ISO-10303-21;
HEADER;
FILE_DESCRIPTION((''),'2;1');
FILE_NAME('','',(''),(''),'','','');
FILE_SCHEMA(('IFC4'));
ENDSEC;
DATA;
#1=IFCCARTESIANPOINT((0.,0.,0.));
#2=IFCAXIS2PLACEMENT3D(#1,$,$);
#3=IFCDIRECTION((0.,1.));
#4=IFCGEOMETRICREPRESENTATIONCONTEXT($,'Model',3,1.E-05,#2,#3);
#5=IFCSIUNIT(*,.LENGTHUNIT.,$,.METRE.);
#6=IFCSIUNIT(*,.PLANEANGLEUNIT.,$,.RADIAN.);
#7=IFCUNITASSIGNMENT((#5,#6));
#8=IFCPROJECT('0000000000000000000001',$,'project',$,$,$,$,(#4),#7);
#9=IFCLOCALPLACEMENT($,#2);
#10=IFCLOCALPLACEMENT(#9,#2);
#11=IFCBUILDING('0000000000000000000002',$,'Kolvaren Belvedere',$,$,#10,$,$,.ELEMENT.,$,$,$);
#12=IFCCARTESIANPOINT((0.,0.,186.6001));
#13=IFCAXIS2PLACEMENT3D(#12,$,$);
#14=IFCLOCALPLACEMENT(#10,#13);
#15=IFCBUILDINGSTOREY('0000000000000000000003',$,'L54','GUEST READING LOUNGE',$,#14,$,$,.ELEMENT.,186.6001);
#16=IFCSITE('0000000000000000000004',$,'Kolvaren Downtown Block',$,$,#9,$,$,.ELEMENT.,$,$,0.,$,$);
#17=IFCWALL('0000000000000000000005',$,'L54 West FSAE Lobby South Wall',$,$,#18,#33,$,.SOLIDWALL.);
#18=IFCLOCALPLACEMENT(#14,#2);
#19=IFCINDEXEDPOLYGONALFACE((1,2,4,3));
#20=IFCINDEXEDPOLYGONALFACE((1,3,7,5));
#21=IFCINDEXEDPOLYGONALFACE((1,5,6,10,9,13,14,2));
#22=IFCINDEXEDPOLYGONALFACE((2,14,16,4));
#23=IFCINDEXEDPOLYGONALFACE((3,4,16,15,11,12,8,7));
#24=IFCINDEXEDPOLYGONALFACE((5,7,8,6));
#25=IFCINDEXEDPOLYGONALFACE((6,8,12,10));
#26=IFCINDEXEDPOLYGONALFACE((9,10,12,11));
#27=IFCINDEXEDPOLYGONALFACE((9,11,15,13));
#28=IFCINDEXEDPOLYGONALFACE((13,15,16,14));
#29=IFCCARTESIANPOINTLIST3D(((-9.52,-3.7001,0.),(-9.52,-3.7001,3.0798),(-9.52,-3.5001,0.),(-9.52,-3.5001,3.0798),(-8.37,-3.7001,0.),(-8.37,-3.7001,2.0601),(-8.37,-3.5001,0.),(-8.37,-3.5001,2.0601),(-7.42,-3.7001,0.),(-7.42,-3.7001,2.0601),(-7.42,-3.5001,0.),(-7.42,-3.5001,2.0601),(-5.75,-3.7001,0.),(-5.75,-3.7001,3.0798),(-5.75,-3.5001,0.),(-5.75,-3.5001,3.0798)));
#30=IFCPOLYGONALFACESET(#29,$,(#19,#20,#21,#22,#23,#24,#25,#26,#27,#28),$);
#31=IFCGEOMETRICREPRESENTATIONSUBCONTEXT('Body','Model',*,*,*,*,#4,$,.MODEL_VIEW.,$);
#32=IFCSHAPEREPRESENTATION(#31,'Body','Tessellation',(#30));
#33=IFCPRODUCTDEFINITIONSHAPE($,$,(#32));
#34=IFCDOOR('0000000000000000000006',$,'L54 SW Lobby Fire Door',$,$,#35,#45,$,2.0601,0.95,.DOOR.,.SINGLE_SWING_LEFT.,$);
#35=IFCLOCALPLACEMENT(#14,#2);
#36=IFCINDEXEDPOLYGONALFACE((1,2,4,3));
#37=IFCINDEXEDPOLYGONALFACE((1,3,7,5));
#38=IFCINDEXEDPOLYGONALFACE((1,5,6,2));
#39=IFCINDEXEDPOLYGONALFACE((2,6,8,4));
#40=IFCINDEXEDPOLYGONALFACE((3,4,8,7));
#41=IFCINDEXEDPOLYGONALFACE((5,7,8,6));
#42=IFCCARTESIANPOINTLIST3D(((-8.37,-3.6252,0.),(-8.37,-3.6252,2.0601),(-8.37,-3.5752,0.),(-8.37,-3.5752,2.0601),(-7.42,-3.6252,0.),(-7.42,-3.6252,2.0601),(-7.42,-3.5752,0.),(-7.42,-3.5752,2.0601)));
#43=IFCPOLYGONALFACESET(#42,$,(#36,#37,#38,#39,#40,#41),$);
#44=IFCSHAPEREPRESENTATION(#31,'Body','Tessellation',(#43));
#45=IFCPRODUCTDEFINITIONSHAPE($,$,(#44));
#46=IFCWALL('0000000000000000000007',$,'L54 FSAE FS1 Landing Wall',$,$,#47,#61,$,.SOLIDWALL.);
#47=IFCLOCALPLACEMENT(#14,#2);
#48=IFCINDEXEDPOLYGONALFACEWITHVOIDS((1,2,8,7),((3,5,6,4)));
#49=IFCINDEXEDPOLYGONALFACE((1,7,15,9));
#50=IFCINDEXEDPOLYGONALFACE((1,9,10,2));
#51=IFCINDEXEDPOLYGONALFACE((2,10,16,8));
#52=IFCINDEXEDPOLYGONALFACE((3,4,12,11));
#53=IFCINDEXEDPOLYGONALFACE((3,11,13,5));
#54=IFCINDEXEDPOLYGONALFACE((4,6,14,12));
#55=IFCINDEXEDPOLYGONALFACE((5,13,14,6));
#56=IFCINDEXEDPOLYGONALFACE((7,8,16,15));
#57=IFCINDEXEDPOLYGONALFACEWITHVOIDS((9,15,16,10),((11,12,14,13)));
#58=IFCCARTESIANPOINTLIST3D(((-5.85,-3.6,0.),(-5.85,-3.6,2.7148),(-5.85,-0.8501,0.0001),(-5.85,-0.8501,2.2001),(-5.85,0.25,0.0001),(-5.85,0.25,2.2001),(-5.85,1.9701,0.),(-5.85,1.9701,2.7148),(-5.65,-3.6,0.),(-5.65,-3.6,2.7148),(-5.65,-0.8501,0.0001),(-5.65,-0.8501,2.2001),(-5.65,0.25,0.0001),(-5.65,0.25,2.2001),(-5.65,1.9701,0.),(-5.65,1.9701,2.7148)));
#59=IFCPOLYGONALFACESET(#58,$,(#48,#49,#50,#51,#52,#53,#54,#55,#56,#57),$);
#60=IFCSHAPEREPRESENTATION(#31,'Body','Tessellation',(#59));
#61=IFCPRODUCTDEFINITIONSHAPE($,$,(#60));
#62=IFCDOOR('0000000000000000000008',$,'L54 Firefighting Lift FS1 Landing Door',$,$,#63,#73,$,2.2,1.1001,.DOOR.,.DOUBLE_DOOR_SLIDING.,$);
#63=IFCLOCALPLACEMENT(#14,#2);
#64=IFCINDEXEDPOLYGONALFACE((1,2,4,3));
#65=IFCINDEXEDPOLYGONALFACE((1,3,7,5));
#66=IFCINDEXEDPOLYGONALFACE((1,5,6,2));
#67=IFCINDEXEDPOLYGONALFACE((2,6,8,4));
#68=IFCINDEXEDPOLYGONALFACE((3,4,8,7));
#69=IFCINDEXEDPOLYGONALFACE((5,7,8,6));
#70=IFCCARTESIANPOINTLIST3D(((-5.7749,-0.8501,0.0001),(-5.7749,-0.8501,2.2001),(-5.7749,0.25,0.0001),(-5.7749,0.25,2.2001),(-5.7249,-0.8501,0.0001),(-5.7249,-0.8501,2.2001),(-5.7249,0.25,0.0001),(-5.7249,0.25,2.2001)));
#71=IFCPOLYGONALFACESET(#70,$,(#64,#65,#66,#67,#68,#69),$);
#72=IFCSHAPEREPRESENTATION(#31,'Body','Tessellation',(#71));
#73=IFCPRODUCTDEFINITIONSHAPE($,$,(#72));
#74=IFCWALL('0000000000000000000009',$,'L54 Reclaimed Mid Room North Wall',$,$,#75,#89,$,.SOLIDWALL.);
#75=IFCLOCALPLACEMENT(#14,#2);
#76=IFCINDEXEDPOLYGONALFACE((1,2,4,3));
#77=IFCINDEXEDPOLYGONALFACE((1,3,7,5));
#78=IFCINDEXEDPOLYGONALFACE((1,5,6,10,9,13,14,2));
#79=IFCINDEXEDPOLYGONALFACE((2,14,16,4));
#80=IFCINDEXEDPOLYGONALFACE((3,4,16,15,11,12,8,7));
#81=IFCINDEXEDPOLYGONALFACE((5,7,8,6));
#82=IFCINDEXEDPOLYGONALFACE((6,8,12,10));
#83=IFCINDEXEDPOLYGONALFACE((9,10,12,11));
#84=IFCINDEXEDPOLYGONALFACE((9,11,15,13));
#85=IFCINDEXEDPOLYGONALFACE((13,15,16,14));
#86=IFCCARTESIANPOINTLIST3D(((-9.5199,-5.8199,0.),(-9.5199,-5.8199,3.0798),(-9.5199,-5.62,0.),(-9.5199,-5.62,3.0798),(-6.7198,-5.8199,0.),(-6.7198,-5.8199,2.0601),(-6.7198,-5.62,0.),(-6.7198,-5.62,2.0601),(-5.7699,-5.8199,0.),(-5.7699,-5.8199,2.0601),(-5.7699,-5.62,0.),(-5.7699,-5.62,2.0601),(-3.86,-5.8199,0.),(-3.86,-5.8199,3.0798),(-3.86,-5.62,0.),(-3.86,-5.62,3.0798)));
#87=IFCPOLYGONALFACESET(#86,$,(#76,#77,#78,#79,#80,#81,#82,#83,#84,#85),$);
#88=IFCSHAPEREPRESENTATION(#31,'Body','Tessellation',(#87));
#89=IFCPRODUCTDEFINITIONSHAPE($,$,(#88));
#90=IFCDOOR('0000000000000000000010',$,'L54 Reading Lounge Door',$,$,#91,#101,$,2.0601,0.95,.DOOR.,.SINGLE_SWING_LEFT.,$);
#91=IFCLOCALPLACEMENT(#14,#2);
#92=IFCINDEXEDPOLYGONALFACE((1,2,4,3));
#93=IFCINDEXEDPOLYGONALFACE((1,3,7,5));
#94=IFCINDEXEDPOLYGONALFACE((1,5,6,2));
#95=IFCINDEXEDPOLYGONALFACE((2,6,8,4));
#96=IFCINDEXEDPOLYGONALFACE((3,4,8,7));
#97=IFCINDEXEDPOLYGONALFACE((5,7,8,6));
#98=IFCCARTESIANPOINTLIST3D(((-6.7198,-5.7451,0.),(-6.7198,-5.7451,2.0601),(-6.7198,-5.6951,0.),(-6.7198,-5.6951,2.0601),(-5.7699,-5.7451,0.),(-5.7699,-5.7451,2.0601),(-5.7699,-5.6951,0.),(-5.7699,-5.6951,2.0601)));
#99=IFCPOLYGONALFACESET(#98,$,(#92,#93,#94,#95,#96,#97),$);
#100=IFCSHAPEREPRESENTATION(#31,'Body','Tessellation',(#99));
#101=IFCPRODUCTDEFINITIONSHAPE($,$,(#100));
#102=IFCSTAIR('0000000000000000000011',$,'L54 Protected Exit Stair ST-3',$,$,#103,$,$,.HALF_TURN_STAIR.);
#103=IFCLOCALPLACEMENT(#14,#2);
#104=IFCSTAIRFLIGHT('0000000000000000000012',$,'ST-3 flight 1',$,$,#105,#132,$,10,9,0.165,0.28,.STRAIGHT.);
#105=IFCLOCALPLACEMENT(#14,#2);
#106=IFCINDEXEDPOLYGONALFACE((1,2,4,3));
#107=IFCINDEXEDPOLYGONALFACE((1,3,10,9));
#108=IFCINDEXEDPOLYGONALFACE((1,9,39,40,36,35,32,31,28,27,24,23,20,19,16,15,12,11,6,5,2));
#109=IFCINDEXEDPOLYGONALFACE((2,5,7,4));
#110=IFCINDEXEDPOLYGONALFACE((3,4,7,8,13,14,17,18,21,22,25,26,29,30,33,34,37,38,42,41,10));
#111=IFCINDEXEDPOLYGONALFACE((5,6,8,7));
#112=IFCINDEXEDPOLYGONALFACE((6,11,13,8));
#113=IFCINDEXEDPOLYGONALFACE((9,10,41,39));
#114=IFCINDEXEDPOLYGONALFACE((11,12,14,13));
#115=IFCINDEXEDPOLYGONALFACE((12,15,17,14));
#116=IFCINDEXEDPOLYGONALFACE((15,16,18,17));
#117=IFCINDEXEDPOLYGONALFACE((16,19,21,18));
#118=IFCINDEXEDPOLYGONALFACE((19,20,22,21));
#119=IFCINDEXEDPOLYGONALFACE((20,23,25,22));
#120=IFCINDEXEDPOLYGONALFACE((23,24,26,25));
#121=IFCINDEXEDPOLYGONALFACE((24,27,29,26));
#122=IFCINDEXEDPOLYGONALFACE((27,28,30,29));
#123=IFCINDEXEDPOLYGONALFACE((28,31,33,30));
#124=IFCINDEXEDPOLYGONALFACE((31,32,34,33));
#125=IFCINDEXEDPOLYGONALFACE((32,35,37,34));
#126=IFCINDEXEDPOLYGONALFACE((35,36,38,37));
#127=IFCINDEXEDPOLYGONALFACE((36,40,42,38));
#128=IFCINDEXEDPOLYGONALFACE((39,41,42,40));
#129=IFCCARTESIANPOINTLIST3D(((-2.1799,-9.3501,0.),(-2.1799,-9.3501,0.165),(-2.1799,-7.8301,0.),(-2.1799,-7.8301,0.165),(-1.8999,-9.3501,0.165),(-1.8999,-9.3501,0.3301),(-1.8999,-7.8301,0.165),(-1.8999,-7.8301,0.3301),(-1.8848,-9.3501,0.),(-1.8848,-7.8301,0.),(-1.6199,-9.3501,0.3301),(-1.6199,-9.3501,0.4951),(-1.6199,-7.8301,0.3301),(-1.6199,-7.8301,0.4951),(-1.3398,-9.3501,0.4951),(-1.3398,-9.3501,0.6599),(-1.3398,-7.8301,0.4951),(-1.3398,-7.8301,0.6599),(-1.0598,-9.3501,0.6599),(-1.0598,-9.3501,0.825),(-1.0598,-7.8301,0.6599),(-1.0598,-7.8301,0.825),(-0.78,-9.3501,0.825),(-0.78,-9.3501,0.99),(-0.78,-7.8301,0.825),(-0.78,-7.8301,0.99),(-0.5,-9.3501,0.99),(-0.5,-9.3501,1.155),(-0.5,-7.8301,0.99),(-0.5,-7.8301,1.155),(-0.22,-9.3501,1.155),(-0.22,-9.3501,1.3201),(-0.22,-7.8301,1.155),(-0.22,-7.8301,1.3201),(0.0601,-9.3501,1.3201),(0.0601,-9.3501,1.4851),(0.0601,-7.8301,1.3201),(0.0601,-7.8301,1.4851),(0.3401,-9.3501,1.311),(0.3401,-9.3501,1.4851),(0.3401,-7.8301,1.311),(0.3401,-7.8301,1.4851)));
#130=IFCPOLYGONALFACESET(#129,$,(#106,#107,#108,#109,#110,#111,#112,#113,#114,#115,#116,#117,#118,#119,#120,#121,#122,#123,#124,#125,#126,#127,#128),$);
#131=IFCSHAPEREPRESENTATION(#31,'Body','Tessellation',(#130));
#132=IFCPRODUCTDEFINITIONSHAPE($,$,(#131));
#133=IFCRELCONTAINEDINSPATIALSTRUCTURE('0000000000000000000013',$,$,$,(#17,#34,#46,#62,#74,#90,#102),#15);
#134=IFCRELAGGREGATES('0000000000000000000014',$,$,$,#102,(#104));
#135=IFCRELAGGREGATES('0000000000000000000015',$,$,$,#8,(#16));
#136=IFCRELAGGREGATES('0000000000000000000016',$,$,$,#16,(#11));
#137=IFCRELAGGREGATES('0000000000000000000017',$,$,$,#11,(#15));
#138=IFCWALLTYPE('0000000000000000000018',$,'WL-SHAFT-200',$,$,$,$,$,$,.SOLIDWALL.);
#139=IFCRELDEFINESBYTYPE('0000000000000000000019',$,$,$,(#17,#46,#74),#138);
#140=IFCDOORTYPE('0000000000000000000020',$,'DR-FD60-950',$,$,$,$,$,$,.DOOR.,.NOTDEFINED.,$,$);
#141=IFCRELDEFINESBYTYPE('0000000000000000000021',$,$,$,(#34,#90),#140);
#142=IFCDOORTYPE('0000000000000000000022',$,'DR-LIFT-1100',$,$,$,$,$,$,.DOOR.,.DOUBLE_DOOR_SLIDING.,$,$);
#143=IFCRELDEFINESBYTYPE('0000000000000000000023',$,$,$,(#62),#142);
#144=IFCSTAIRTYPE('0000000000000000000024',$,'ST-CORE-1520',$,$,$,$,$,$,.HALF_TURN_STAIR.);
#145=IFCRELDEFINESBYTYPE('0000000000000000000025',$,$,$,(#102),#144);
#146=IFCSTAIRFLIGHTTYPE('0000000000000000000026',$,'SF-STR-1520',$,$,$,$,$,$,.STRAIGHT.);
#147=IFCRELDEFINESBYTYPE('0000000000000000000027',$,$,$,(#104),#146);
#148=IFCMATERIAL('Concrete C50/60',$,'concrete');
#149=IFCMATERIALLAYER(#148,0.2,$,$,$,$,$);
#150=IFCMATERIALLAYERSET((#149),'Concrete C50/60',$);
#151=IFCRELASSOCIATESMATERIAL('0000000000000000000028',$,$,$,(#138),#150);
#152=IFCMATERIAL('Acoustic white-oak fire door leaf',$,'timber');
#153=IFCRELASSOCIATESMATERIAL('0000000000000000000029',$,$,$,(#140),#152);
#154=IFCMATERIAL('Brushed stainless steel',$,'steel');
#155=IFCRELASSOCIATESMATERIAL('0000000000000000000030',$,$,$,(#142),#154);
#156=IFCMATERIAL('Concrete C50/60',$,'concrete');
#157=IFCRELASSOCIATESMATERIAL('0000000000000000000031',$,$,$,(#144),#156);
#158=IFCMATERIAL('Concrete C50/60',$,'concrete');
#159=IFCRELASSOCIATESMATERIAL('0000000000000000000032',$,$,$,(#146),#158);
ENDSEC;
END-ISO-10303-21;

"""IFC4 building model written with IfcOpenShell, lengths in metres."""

from ifc_helpers import new_model, si_unit, direction, frame, frame_2d, origin, place, context, subcontext, project, spatial, polyline, rectangle, outline, extrude, material, layer, layer_set, type_object, element, fill, aggregate, save


model = new_model("IFC4")

# Units and contexts
model_context = context("Model", 3, precision=1e-05, world=origin(), true_north=direction((0.0, 1.0)))
body_context = subcontext(model_context, "Body", "Model", "MODEL_VIEW")
ifc_project = project(units=[si_unit("LENGTHUNIT", "METRE"), si_unit("PLANEANGLEUNIT", "RADIAN")], contexts=[model_context])

# Site, building, storey
site_placement = place(None, origin())
site = spatial("IfcSite", under=ifc_project, at=site_placement, Name="Kolvaren Downtown Block", CompositionType="ELEMENT", RefElevation=0.0)
building_placement = place(site_placement, origin())
building = spatial("IfcBuilding", under=site, at=building_placement, Name="Kolvaren Belvedere", CompositionType="ELEMENT")
storey_placement = place(building_placement, frame((0.0, 0.0, 186.6001)))
storey = spatial("IfcBuildingStorey", under=building, at=storey_placement, Name="L54", Description="GUEST READING LOUNGE", CompositionType="ELEMENT", Elevation=186.6001)

# Walls, openings, doors
ifc_material_1 = material(Name="Concrete C50/60", Category="concrete")
ifc_layer_1 = layer(ifc_material_1, 0.2)
ifc_layer_set_1 = layer_set([ifc_layer_1], Name="Concrete C50/60")
wall_type_1 = type_object("IfcWallType", Name="WL-SHAFT-200", PredefinedType="SOLIDWALL", material=ifc_layer_set_1)
wall_1_placement = place(storey_placement, frame((-9.52, -3.6001, 0.0), z_axis=(0.0, 0.0, 1.0), x_axis=(1.0, 0.0, 0.0)))
wall_1 = element("IfcWall", 1, at=wall_1_placement, inside=storey, type_object=wall_type_1, Name="L54 West FSAE Lobby South Wall", PredefinedType="SOLIDWALL", context=body_context, shape_type="SweptSolid", body=[
    extrude(rectangle(XDim=3.77, YDim=0.2, at=frame_2d((1.885, 0.0))), origin(), (0.0, 0.0, 1.0), 3.0798),
])
opening_1_placement = place(wall_1_placement, frame((1.1499, 0.0, 0.0)))
opening_1 = element("IfcOpeningElement", 2, at=opening_1_placement, cuts=wall_1, PredefinedType="OPENING", context=body_context, shape_type="SweptSolid", body=[
    extrude(rectangle(XDim=0.95, YDim=2.0601, at=frame_2d((0.4751, 1.03))), frame((0.0, 0.1099, 0.0), z_axis=(0.0, -1.0, 0.0), x_axis=(1.0, 0.0, 0.0)), (0.0, 0.0, 1.0), 0.22),
])
ifc_material_2 = material(Name="Acoustic white-oak fire door leaf", Category="timber")
door_type_1 = type_object("IfcDoorType", Name="DR-FD60-950", OperationType="NOTDEFINED", PredefinedType="DOOR", material=ifc_material_2)
door_1_placement = place(opening_1_placement, origin())
door_1 = element("IfcDoor", 3, at=door_1_placement, inside=storey, type_object=door_type_1, Name="L54 SW Lobby Fire Door", OperationType="SINGLE_SWING_LEFT", OverallHeight=2.0601, OverallWidth=0.95, PredefinedType="DOOR", context=body_context, shape_type="SweptSolid", body=[
    extrude(rectangle(XDim=0.95, YDim=2.0601, at=frame_2d((0.4751, 1.03))), frame((0.0, 0.0249, 0.0), z_axis=(0.0, -1.0, 0.0), x_axis=(1.0, 0.0, 0.0)), (0.0, 0.0, 1.0), 0.05),
])
fill(opening_1, door_1)
wall_2_placement = place(storey_placement, frame((-5.75, -3.6001, 0.0), z_axis=(0.0, 0.0, 1.0), x_axis=(0.0, 1.0, 0.0)))
wall_2 = element("IfcWall", 4, at=wall_2_placement, inside=storey, type_object=wall_type_1, Name="L54 FSAE FS1 Landing Wall", PredefinedType="SOLIDWALL", context=body_context, shape_type="SweptSolid", body=[
    extrude(rectangle(XDim=5.5701, YDim=0.2, at=frame_2d((2.7852, 0.0))), origin(), (0.0, 0.0, 1.0), 2.7148),
])
opening_2_placement = place(wall_2_placement, frame((2.75, 0.0, 0.0)))
opening_2 = element("IfcOpeningElement", 5, at=opening_2_placement, cuts=wall_2, PredefinedType="OPENING", context=body_context, shape_type="SweptSolid", body=[
    extrude(rectangle(XDim=1.1001, YDim=2.2, at=frame_2d((0.55, 1.1001))), frame((0.0, 0.1099, 0.0), z_axis=(0.0, -1.0, 0.0), x_axis=(1.0, 0.0, 0.0)), (0.0, 0.0, 1.0), 0.22),
])
ifc_material_3 = material(Name="Brushed stainless steel", Category="steel")
door_type_2 = type_object("IfcDoorType", Name="DR-LIFT-1100", OperationType="DOUBLE_DOOR_SLIDING", PredefinedType="DOOR", material=ifc_material_3)
door_2_placement = place(opening_2_placement, origin())
door_2 = element("IfcDoor", 6, at=door_2_placement, inside=storey, type_object=door_type_2, Name="L54 Firefighting Lift FS1 Landing Door", OperationType="DOUBLE_DOOR_SLIDING", OverallHeight=2.2, OverallWidth=1.1001, PredefinedType="DOOR", context=body_context, shape_type="SweptSolid", body=[
    extrude(rectangle(XDim=1.1001, YDim=2.2, at=frame_2d((0.55, 1.1001))), frame((0.0, 0.0249, 0.0), z_axis=(0.0, -1.0, 0.0), x_axis=(1.0, 0.0, 0.0)), (0.0, 0.0, 1.0), 0.05),
])
fill(opening_2, door_2)
wall_3_placement = place(storey_placement, frame((-9.52, -5.72, 0.0), z_axis=(0.0, 0.0, 1.0), x_axis=(1.0, 0.0, 0.0)))
wall_3 = element("IfcWall", 7, at=wall_3_placement, inside=storey, type_object=wall_type_1, Name="L54 Reclaimed Mid Room North Wall", PredefinedType="SOLIDWALL", context=body_context, shape_type="SweptSolid", body=[
    extrude(rectangle(XDim=5.6599, YDim=0.2, at=frame_2d((2.8301, 0.0))), origin(), (0.0, 0.0, 1.0), 3.0798),
])
opening_3_placement = place(wall_3_placement, frame((2.8, 0.0, 0.0)))
opening_3 = element("IfcOpeningElement", 8, at=opening_3_placement, cuts=wall_3, PredefinedType="OPENING", context=body_context, shape_type="SweptSolid", body=[
    extrude(rectangle(XDim=0.95, YDim=2.0601, at=frame_2d((0.4751, 1.03))), frame((0.0, 0.1099, 0.0), z_axis=(0.0, -1.0, 0.0), x_axis=(1.0, 0.0, 0.0)), (0.0, 0.0, 1.0), 0.22),
])
door_3_placement = place(opening_3_placement, origin())
door_3 = element("IfcDoor", 9, at=door_3_placement, inside=storey, type_object=door_type_1, Name="L54 Reading Lounge Door", OperationType="SINGLE_SWING_LEFT", OverallHeight=2.0601, OverallWidth=0.95, PredefinedType="DOOR", context=body_context, shape_type="SweptSolid", body=[
    extrude(rectangle(XDim=0.95, YDim=2.0601, at=frame_2d((0.4751, 1.03))), frame((0.0, 0.0249, 0.0), z_axis=(0.0, -1.0, 0.0), x_axis=(1.0, 0.0, 0.0)), (0.0, 0.0, 1.0), 0.05),
])
fill(opening_3, door_3)

# Stair, stair flight
ifc_material_4 = material(Name="Concrete C50/60", Category="concrete")
stair_type = type_object("IfcStairType", Name="ST-CORE-1520", PredefinedType="HALF_TURN_STAIR", material=ifc_material_4)
stair_placement = place(storey_placement, origin())
stair = element("IfcStair", 10, at=stair_placement, inside=storey, type_object=stair_type, Name="L54 Protected Exit Stair ST-3", PredefinedType="HALF_TURN_STAIR")
ifc_material_5 = material(Name="Concrete C50/60", Category="concrete")
stair_flight_type = type_object("IfcStairFlightType", Name="SF-STR-1520", PredefinedType="STRAIGHT", material=ifc_material_5)
stair_flight_placement = place(storey_placement, frame((-2.1799, -8.5901, 0.0), z_axis=(0.0, 0.0, 1.0), x_axis=(1.0, 0.0, 0.0)))
stair_flight = element("IfcStairFlight", 11, at=stair_flight_placement, type_object=stair_flight_type, Name="ST-3 flight 1", NumberOfRisers=10, NumberOfTreads=9, PredefinedType="STRAIGHT", RiserHeight=0.165, TreadLength=0.28, context=body_context, shape_type="SweptSolid", body=[
    extrude(outline(polyline([(0.0, 0.0), (0.0, 0.165), (0.28, 0.165), (0.28, 0.3301), (0.5601, 0.3301), (0.5601, 0.4951), (0.8401, 0.4951), (0.8401, 0.6599), (1.1201, 0.6599), (1.1201, 0.825), (1.3999, 0.825), (1.3999, 0.99), (1.6799, 0.99), (1.6799, 1.155), (1.96, 1.155), (1.96, 1.3201), (2.24, 1.3201), (2.24, 1.4851), (2.52, 1.4851), (2.52, 1.6499), (2.52, 1.311), (0.2952, 0.0), (0.0, 0.0)])), frame((0.0, 0.76, 0.0), z_axis=(0.0, -1.0, 0.0), x_axis=(1.0, 0.0, 0.0)), (0.0, 0.0, 1.0), 1.52),
])
aggregate(stair, [stair_flight])

save(model, "model.ifc")
